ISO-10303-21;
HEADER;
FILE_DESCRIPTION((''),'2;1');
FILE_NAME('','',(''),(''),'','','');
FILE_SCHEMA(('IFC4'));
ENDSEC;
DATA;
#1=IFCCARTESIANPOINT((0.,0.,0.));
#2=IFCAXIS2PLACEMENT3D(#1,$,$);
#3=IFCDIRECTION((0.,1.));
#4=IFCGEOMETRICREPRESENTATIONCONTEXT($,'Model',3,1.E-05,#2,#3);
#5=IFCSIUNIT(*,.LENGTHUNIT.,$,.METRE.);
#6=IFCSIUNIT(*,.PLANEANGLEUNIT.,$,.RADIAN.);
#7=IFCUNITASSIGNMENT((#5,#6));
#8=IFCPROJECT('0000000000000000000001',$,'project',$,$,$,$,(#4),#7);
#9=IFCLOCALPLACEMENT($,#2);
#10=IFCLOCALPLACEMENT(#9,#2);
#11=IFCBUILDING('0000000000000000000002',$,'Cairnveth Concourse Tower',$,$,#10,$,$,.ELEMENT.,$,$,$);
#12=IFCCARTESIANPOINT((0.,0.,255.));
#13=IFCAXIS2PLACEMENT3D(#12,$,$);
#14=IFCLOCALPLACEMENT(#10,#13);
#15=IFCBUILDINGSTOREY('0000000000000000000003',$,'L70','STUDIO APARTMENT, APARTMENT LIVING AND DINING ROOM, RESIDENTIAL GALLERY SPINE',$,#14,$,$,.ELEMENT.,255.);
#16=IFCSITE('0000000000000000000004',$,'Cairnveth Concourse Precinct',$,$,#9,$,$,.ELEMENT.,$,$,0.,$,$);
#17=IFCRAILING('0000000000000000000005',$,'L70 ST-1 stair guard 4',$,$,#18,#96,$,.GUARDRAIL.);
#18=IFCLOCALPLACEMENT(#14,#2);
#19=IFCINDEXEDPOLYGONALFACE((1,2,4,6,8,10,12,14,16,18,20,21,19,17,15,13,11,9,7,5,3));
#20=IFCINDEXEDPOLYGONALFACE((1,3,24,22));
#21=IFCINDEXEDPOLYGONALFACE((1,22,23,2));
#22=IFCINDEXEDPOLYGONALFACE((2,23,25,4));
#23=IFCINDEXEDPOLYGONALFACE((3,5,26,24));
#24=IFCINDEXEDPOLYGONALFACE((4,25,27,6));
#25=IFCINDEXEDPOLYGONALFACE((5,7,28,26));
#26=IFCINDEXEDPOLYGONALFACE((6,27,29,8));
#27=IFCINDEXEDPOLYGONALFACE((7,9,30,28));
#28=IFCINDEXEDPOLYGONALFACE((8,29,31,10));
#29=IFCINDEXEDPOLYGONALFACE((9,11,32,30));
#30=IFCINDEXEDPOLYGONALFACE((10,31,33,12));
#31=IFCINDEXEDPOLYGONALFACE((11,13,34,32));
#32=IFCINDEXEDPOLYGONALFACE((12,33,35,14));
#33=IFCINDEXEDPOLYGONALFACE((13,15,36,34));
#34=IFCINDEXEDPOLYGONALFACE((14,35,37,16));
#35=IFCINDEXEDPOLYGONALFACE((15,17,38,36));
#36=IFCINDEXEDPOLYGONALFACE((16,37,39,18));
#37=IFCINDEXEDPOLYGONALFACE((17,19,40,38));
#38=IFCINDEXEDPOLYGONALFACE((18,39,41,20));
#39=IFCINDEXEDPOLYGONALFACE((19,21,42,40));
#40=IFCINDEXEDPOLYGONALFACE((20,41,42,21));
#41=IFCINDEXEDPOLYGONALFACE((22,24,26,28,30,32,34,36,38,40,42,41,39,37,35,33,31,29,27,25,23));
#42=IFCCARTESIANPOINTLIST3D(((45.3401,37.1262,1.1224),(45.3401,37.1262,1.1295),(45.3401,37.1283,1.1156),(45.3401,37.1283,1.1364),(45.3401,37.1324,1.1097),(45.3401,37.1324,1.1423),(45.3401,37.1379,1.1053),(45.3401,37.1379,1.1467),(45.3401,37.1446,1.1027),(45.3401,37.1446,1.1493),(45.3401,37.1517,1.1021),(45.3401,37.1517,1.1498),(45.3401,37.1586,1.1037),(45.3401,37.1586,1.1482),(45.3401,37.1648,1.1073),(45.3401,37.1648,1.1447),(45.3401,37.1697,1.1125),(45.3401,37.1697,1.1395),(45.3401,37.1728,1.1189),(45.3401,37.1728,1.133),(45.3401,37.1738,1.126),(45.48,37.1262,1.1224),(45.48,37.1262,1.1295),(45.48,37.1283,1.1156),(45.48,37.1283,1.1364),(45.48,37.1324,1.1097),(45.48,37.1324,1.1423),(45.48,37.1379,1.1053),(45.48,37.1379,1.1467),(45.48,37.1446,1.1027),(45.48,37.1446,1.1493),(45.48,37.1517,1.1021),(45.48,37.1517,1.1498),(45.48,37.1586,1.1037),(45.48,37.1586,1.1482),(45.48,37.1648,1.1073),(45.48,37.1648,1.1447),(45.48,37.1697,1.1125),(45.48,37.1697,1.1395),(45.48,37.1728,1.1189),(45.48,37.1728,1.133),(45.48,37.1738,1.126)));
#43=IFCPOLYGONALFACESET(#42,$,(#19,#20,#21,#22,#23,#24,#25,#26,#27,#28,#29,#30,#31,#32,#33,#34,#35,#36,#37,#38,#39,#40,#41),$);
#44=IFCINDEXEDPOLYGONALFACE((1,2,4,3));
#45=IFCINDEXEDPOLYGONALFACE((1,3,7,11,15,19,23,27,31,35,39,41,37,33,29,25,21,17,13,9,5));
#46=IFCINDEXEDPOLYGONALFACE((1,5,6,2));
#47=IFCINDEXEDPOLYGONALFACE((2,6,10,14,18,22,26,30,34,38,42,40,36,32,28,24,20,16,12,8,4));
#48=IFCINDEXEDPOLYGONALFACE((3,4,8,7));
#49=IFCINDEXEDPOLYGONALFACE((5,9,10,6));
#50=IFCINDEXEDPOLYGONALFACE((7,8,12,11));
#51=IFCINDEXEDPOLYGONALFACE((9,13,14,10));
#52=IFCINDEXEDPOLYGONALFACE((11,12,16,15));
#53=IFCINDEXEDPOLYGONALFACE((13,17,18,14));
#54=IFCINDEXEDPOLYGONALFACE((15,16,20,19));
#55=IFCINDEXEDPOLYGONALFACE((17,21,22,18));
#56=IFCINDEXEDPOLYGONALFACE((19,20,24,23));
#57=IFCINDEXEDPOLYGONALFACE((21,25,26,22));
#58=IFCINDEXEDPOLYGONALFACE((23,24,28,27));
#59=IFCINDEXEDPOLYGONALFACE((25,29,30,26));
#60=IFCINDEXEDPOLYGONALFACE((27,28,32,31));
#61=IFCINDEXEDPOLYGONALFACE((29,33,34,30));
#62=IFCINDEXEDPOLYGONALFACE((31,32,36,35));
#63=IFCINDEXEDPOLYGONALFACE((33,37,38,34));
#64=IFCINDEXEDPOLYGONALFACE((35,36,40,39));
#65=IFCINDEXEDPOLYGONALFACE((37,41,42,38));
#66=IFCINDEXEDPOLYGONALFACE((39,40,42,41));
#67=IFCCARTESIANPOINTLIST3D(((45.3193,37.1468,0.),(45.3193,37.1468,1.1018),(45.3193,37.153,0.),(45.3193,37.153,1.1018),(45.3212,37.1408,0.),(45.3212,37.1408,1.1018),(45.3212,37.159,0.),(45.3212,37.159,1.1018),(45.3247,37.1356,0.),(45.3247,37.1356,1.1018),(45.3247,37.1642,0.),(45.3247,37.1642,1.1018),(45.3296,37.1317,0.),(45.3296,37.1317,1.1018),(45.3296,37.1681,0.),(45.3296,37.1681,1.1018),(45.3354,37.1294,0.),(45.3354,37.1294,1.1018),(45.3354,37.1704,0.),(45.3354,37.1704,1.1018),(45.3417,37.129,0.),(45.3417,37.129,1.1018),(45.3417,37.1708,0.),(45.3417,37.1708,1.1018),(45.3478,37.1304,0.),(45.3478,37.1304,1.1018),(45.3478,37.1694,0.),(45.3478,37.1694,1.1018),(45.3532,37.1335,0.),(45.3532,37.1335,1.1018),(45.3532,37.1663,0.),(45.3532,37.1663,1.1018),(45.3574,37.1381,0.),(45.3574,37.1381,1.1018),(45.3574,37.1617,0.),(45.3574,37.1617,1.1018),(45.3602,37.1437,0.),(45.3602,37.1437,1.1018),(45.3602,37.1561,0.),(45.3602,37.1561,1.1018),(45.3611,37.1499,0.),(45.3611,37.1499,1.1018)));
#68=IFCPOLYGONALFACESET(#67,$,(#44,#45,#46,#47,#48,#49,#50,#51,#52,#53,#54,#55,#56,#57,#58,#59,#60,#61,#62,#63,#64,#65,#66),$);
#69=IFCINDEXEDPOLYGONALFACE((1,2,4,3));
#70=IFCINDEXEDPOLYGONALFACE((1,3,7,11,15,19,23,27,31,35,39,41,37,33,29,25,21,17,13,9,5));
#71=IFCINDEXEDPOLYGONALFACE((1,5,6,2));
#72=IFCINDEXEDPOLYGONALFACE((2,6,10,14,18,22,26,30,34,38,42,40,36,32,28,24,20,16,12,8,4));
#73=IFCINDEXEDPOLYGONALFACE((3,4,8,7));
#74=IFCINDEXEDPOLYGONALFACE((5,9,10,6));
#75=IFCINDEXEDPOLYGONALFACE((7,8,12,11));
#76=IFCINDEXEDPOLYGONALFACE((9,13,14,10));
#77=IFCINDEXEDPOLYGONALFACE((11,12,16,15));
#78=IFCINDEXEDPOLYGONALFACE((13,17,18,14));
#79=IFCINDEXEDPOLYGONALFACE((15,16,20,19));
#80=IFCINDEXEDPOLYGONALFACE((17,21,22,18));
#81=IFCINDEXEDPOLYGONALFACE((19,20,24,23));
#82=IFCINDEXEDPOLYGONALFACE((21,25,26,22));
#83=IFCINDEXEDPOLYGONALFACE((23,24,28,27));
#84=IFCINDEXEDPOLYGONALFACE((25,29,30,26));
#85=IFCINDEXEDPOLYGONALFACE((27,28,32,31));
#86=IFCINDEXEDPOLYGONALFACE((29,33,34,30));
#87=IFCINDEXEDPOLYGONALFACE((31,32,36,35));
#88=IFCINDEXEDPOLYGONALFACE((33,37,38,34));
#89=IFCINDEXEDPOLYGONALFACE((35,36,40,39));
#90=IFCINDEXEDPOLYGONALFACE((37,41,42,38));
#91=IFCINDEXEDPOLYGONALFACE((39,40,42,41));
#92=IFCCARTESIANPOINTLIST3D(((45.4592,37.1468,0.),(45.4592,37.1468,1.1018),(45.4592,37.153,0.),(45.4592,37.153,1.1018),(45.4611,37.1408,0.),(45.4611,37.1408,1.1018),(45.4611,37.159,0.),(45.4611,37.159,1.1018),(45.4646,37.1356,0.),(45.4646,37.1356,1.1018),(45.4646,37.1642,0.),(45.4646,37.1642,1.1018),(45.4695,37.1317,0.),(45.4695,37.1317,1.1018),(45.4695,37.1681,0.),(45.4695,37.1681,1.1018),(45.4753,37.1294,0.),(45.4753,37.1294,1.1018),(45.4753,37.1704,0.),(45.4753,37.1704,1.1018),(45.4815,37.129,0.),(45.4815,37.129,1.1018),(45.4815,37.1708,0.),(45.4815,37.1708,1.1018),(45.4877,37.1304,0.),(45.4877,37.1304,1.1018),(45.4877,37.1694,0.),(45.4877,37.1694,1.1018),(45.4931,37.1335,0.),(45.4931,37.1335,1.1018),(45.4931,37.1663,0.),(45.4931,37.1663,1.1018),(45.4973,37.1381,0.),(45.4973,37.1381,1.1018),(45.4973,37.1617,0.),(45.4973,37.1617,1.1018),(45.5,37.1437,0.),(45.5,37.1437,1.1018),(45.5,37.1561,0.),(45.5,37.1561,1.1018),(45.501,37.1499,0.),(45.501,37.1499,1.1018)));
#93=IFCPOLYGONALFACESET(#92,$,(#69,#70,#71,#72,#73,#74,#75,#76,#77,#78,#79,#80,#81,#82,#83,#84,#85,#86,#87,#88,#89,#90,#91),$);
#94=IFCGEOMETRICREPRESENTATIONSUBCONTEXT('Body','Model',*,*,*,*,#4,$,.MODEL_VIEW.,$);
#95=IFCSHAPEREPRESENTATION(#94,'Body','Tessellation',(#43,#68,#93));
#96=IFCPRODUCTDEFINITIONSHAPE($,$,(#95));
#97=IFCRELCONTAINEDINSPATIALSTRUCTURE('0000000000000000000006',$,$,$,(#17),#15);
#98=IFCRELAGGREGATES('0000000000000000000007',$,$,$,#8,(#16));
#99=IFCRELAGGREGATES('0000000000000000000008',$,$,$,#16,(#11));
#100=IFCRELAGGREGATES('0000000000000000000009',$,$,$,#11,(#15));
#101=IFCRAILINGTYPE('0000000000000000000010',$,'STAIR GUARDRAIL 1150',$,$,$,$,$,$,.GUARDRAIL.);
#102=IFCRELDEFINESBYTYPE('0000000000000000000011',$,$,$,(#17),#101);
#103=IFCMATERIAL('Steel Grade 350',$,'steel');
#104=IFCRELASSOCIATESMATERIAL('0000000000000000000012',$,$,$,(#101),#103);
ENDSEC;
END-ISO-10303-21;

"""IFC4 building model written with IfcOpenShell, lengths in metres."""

from ifc_helpers import new_model, si_unit, direction, frame, origin, origin_2d, place, context, subcontext, project, spatial, circle, extrude, material, type_object, element, save


model = new_model("IFC4")

# Units and contexts
model_context = context("Model", 3, precision=1e-05, world=origin(), true_north=direction((0.0, 1.0)))
body_context = subcontext(model_context, "Body", "Model", "MODEL_VIEW")
ifc_project = project(units=[si_unit("LENGTHUNIT", "METRE"), si_unit("PLANEANGLEUNIT", "RADIAN")], contexts=[model_context])

# Site, building, storey
site_placement = place(None, origin())
site = spatial("IfcSite", under=ifc_project, at=site_placement, Name="Cairnveth Concourse Precinct", CompositionType="ELEMENT", RefElevation=0.0)
building_placement = place(site_placement, origin())
building = spatial("IfcBuilding", under=site, at=building_placement, Name="Cairnveth Concourse Tower", CompositionType="ELEMENT")
storey_placement = place(building_placement, frame((0.0, 0.0, 255.0)))
storey = spatial("IfcBuildingStorey", under=building, at=storey_placement, Name="L70", Description="STUDIO APARTMENT, APARTMENT LIVING AND DINING ROOM, RESIDENTIAL GALLERY SPINE", CompositionType="ELEMENT", Elevation=255.0)

# Shared definitions
ifc_material_1 = material(Name="Steel Grade 350", Category="steel")

# Railing
railing_type_1 = type_object("IfcRailingType", Name="STAIR GUARDRAIL 1150", PredefinedType="GUARDRAIL", material=ifc_material_1)
railing_1_placement = place(storey_placement, frame((45.3401, 37.1499, 0.0)))
element("IfcRailing", 1, at=railing_1_placement, inside=storey, type_object=railing_type_1, Name="L70 ST-1 stair guard 4", PredefinedType="GUARDRAIL", context=body_context, shape_type="SweptSolid", body=[
    extrude(circle(Radius=0.0239, at=origin_2d()), frame((0.0, 0.0, 1.126), z_axis=(1.0, 0.0, 0.0), x_axis=(0.0, 1.0, 0.0)), (0.0, 0.0, 1.0), 0.1399),
    extrude(circle(Radius=0.021, at=origin_2d()), origin(), (0.0, 0.0, 1.0), 1.1018),
    extrude(circle(Radius=0.021, at=origin_2d()), frame((0.1399, 0.0, 0.0)), (0.0, 0.0, 1.0), 1.1018),
])

save(model, "model.ifc")
